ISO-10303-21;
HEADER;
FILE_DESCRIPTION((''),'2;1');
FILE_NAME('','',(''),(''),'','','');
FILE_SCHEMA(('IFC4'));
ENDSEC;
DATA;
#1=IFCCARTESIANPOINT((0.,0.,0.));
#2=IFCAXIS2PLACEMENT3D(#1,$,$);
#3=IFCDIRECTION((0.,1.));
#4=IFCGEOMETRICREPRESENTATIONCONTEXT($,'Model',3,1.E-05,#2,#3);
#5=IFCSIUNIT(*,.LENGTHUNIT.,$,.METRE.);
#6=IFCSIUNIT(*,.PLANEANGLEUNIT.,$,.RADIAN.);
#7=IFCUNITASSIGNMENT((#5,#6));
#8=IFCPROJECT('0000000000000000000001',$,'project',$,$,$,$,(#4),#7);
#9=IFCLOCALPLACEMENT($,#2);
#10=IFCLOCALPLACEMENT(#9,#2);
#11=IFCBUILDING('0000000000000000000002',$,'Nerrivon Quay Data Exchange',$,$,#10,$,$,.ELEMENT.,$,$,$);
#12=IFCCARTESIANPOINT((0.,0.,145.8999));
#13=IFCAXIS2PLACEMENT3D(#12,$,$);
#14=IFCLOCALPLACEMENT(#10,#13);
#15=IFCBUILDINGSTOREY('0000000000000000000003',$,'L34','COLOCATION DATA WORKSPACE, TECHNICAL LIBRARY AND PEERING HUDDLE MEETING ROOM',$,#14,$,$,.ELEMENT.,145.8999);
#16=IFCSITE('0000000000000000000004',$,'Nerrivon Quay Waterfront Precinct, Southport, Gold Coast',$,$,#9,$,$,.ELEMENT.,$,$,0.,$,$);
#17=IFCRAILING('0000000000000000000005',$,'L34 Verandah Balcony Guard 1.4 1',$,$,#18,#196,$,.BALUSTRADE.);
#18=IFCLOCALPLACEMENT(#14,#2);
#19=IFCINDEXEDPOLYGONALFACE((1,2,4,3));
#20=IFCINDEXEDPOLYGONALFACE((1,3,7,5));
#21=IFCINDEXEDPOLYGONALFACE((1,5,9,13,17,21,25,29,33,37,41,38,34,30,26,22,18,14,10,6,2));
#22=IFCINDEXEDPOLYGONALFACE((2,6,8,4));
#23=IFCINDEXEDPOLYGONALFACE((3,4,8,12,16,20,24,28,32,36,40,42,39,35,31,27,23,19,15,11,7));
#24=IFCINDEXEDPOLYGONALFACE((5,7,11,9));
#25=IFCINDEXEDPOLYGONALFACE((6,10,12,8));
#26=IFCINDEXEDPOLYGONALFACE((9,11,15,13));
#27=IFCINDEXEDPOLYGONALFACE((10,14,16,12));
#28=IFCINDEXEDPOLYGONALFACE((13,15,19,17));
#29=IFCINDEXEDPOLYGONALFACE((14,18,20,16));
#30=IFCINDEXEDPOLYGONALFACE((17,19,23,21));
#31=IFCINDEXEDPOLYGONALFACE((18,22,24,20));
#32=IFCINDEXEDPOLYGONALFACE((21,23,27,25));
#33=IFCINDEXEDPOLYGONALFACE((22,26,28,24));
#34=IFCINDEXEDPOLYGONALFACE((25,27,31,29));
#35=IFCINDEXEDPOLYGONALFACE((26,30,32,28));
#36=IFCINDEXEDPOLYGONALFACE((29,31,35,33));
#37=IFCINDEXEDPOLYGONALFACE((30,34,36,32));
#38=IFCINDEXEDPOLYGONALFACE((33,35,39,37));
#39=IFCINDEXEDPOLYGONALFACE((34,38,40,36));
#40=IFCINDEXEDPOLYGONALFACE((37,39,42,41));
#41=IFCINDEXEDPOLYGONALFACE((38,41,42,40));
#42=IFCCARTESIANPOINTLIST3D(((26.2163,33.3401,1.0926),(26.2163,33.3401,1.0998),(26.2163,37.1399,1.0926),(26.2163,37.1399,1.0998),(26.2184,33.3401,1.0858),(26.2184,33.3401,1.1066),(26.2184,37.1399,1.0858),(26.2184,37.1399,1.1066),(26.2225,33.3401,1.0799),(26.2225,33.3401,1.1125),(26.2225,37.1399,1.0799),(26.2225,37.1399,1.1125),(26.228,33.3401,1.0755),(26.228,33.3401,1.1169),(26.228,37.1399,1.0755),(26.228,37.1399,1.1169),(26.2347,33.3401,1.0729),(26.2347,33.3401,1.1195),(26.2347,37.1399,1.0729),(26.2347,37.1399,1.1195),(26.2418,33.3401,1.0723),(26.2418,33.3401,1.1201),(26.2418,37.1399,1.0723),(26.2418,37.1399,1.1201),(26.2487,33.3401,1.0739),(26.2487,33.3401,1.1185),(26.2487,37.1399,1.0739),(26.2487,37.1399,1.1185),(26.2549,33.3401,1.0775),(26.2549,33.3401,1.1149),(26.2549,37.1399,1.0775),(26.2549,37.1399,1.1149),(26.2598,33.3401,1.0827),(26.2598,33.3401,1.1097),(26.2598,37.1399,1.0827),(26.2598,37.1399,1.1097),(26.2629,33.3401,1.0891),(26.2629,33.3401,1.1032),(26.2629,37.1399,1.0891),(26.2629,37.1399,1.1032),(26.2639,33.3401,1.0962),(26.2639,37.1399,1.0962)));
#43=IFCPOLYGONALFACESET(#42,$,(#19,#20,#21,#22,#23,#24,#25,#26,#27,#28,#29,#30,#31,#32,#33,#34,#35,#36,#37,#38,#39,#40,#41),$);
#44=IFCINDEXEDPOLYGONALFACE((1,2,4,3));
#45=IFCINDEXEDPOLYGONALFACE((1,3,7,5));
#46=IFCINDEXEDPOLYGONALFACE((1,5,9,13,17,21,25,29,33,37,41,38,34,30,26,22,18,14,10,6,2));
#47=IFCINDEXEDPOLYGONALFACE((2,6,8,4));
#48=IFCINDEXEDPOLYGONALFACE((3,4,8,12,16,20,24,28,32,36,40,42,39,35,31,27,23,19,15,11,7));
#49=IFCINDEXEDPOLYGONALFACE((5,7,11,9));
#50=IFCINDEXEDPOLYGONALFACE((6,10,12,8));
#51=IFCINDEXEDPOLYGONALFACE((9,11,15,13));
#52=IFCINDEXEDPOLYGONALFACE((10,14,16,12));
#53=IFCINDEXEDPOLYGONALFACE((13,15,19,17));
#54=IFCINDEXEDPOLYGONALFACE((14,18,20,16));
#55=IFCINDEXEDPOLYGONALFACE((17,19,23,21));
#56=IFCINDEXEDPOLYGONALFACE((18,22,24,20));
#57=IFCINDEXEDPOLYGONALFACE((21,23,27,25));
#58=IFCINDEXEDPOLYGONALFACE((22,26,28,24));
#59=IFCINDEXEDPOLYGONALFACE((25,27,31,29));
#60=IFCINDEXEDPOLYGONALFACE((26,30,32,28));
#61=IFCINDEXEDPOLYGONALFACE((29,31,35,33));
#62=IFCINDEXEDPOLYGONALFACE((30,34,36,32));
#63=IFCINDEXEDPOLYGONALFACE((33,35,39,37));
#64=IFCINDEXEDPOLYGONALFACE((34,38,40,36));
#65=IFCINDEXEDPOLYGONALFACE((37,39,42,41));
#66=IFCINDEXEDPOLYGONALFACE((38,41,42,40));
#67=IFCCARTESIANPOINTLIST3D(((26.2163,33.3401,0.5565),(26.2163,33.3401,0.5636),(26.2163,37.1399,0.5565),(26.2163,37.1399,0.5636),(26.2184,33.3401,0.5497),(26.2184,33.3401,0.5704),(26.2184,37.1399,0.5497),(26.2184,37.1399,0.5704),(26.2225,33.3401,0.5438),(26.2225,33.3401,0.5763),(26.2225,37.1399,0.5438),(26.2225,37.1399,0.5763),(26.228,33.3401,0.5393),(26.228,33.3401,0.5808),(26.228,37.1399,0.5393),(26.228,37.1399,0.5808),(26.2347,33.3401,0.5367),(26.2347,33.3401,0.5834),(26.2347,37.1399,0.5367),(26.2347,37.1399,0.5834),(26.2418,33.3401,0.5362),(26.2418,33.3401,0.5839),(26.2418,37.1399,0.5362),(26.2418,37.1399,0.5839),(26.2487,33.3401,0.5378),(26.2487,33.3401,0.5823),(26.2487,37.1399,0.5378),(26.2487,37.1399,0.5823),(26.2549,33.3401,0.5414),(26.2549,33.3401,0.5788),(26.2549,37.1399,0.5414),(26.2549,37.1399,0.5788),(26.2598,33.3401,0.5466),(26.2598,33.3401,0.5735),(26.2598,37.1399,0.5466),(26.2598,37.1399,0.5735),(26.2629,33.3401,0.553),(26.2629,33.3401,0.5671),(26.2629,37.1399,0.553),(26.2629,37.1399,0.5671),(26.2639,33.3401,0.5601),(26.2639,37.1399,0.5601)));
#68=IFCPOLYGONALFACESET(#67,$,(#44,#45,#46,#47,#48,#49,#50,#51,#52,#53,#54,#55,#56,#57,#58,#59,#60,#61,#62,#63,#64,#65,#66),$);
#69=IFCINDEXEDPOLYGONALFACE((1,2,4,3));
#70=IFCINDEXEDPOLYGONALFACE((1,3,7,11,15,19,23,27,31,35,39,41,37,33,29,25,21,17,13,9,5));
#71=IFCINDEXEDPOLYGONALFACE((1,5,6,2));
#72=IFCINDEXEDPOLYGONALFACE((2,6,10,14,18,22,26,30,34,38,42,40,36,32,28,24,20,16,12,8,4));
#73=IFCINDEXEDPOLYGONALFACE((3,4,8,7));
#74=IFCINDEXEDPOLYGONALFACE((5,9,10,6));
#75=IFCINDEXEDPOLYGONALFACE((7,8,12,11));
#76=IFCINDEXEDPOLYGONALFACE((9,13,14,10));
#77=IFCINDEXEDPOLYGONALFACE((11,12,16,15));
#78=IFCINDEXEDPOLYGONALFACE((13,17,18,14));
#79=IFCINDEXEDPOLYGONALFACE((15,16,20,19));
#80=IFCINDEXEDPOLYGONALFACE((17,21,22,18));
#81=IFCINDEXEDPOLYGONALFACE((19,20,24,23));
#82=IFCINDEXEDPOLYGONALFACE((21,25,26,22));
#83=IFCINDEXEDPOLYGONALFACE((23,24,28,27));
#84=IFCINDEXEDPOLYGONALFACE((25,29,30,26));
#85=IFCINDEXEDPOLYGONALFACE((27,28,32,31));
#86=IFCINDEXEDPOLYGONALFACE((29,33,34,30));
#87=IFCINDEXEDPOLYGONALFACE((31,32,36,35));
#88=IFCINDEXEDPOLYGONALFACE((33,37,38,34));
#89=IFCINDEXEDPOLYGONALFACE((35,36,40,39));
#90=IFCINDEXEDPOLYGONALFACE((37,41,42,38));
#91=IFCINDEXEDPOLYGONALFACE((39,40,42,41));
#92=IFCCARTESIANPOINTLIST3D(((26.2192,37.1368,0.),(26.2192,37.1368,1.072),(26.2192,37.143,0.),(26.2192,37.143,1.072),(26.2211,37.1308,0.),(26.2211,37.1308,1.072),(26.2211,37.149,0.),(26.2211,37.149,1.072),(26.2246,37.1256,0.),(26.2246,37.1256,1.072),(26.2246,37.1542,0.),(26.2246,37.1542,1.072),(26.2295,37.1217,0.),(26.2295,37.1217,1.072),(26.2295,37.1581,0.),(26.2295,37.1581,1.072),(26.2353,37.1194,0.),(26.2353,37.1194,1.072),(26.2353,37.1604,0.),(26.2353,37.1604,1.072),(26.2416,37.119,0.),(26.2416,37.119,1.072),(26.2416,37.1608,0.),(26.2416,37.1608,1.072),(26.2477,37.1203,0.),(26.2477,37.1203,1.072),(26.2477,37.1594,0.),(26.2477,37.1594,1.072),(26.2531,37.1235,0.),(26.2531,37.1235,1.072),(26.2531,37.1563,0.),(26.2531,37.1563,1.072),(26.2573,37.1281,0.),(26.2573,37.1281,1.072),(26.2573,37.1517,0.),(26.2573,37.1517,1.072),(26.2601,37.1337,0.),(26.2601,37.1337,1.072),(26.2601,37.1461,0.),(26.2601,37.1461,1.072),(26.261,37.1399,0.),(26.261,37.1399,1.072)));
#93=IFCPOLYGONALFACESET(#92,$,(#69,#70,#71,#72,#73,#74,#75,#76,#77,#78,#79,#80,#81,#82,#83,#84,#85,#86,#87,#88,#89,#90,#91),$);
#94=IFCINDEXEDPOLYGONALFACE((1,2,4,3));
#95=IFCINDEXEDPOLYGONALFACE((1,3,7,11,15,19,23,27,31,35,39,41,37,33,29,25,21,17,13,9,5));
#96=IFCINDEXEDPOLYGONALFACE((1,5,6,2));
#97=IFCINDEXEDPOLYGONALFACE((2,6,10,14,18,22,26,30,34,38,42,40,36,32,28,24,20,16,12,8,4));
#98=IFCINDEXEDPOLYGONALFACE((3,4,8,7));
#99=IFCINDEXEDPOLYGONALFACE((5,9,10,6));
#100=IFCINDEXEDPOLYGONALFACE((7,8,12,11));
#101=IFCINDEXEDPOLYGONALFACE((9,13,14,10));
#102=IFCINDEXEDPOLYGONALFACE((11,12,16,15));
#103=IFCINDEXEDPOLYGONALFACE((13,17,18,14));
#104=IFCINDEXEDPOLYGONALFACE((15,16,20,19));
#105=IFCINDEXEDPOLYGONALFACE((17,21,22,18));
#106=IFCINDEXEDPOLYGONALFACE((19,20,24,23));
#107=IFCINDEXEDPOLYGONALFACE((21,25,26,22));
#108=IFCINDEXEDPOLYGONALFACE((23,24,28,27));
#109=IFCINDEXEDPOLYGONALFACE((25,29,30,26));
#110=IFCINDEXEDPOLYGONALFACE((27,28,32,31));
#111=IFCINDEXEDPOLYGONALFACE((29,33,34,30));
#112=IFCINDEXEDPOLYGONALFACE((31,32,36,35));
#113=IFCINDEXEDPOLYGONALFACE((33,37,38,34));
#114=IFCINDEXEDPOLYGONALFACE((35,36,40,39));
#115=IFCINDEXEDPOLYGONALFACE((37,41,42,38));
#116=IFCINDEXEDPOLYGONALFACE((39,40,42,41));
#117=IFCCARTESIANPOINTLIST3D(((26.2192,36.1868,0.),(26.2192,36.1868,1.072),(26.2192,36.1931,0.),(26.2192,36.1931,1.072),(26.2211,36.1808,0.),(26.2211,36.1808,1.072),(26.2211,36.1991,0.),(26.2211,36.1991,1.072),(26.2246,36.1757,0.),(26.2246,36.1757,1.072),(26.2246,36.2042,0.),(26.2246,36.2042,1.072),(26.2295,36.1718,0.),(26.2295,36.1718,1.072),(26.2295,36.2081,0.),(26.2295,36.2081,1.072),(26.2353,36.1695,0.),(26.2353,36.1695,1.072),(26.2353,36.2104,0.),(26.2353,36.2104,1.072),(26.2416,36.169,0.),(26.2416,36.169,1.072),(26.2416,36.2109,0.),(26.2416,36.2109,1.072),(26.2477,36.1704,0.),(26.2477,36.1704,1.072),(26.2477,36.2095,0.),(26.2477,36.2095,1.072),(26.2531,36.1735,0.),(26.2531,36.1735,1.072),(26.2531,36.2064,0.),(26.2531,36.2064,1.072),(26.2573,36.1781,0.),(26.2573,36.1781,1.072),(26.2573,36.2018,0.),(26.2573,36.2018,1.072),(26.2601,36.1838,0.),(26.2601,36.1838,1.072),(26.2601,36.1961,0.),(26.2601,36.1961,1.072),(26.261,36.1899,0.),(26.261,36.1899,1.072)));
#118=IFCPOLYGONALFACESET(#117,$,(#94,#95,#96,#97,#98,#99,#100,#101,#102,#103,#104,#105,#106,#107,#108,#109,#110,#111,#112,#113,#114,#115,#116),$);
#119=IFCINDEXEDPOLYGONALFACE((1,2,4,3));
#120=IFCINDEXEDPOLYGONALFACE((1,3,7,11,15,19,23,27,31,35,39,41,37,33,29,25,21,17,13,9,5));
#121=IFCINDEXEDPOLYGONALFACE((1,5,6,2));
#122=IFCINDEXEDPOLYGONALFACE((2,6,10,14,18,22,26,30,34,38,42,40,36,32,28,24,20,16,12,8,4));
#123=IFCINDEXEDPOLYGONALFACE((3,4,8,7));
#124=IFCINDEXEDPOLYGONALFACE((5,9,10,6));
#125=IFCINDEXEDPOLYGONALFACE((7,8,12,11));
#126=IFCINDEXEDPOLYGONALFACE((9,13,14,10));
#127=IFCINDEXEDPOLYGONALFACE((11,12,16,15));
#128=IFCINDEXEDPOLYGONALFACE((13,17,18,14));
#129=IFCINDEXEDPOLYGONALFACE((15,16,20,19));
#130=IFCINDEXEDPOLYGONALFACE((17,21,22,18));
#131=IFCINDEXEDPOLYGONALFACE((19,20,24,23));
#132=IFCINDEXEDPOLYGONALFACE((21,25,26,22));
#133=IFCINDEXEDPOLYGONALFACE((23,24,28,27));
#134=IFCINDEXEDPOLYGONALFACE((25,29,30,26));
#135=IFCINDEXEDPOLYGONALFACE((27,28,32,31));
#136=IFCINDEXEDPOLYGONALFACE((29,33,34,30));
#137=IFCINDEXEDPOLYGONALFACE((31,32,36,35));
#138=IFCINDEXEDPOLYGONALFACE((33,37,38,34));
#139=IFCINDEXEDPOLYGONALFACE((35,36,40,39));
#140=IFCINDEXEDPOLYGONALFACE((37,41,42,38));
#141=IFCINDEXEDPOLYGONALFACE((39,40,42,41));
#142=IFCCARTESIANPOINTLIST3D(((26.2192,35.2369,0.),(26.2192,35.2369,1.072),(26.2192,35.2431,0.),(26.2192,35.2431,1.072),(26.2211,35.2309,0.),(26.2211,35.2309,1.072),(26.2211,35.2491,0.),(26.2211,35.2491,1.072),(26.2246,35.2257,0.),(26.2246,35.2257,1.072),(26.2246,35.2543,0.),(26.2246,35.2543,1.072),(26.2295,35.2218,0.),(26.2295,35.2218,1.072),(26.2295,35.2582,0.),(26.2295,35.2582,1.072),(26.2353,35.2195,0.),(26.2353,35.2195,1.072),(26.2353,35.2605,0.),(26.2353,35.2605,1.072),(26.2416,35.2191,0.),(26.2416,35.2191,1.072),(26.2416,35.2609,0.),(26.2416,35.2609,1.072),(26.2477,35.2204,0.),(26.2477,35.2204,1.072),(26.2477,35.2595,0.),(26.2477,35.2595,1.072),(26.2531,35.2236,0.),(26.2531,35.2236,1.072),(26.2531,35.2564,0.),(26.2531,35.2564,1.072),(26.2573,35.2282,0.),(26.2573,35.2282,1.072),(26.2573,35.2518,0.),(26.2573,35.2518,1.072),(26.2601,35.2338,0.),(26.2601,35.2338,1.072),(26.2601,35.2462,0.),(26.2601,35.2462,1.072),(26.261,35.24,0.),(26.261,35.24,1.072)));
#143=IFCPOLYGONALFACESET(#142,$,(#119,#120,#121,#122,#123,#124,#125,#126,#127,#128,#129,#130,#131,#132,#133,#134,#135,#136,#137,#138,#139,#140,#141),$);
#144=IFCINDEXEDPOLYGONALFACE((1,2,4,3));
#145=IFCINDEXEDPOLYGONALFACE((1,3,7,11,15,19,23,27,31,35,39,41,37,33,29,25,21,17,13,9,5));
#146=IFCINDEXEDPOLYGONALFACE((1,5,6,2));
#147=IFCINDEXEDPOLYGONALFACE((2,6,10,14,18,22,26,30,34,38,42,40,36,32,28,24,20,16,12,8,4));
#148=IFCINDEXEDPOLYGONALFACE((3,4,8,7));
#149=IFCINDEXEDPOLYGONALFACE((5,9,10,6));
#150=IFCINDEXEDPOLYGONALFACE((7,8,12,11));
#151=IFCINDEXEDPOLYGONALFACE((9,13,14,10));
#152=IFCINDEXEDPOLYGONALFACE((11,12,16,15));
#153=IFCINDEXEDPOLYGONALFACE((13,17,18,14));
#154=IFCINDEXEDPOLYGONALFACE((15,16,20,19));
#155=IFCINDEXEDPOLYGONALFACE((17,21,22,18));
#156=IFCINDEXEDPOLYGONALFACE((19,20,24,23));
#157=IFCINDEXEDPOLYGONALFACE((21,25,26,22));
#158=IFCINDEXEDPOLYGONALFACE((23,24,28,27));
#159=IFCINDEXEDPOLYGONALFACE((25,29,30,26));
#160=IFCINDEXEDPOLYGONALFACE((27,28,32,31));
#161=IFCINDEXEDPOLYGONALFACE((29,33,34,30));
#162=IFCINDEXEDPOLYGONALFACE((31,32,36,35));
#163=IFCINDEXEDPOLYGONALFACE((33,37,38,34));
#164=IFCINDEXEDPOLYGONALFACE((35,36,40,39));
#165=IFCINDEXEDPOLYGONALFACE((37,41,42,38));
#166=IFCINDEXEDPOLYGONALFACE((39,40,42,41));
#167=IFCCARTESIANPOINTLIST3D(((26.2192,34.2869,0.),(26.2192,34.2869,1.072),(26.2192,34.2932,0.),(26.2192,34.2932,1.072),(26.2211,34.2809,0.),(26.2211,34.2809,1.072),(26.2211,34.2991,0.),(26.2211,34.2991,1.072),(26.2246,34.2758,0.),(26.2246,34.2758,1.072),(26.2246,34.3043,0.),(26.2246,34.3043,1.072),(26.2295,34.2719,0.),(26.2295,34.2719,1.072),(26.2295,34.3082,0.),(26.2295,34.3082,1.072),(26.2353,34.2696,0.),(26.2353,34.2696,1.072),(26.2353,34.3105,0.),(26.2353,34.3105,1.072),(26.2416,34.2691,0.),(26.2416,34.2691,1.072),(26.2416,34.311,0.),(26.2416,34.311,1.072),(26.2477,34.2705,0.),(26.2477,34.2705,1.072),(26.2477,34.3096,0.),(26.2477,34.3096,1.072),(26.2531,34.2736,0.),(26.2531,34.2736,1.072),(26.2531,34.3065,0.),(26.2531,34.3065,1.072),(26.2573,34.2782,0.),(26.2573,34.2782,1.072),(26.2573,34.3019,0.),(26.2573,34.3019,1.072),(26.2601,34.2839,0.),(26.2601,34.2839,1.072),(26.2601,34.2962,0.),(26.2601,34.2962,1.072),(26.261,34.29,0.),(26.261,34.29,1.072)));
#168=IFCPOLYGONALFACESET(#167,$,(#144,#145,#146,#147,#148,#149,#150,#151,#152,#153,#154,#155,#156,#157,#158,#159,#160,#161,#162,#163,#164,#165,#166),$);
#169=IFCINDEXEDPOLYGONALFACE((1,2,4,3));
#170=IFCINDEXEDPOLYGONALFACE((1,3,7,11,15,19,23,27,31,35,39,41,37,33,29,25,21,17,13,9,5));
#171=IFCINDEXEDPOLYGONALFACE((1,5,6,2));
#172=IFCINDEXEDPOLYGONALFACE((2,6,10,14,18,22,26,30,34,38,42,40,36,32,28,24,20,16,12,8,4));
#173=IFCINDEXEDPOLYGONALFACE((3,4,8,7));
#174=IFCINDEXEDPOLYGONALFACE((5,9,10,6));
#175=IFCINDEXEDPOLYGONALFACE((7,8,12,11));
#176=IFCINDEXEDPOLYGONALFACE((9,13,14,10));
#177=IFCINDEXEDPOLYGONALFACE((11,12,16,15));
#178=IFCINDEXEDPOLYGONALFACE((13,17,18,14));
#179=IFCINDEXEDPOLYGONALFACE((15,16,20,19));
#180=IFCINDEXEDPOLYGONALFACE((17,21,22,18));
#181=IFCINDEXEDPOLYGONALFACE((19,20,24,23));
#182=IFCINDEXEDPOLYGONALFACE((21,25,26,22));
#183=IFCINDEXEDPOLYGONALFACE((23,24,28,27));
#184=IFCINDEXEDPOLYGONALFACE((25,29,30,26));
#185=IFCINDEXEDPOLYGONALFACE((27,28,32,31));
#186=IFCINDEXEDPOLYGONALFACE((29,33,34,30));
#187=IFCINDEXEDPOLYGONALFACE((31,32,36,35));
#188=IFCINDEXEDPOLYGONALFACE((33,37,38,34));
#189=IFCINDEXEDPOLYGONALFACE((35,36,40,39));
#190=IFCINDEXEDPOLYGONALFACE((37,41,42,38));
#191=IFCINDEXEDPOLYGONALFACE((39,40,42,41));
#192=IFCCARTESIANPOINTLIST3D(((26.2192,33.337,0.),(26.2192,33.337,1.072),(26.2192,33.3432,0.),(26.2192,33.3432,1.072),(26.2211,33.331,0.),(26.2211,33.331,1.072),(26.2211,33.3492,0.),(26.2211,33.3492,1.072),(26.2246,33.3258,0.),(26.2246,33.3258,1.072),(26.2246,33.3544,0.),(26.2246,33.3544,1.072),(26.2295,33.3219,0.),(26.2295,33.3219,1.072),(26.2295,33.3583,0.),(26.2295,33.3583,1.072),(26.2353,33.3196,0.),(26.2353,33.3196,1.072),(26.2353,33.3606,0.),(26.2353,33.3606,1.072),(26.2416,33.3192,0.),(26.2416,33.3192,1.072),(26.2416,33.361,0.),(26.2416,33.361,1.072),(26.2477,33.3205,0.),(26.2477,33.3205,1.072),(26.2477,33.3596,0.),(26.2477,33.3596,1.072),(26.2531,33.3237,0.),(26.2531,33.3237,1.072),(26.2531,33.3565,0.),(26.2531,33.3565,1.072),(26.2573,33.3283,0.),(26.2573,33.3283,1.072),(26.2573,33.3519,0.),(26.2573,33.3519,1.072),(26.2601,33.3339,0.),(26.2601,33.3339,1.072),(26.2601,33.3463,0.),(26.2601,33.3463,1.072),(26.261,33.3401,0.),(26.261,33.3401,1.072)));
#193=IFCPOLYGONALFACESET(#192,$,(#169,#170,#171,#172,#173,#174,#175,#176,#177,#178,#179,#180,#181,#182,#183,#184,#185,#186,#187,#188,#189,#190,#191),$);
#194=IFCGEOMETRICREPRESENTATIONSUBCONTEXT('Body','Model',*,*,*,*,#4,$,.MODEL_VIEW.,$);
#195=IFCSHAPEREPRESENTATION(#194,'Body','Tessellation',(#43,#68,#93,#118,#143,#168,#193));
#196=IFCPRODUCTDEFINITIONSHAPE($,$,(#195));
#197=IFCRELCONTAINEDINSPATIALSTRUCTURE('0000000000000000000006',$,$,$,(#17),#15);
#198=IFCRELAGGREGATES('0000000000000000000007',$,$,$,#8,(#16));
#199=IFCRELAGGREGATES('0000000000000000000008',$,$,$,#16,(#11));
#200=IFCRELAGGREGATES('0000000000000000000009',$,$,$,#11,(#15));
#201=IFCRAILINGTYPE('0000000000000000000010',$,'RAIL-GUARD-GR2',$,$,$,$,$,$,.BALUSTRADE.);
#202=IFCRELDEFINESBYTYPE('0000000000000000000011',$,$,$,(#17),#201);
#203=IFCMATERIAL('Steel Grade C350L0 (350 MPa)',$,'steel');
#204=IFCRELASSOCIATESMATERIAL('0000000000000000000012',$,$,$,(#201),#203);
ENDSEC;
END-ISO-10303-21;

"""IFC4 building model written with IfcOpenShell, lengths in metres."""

from ifc_helpers import new_model, si_unit, direction, frame, origin, origin_2d, place, context, subcontext, project, spatial, circle, extrude, material, type_object, element, save


model = new_model("IFC4")

# Units and contexts
model_context = context("Model", 3, precision=1e-05, world=origin(), true_north=direction((0.0, 1.0)))
body_context = subcontext(model_context, "Body", "Model", "MODEL_VIEW")
ifc_project = project(units=[si_unit("LENGTHUNIT", "METRE"), si_unit("PLANEANGLEUNIT", "RADIAN")], contexts=[model_context])

# Site, building, storey
site_placement = place(None, origin())
site = spatial("IfcSite", under=ifc_project, at=site_placement, Name="Nerrivon Quay Waterfront Precinct, Southport, Gold Coast", CompositionType="ELEMENT", RefElevation=0.0)
building_placement = place(site_placement, origin())
building = spatial("IfcBuilding", under=site, at=building_placement, Name="Nerrivon Quay Data Exchange", CompositionType="ELEMENT")
storey_placement = place(building_placement, frame((0.0, 0.0, 145.8999)))
storey = spatial("IfcBuildingStorey", under=building, at=storey_placement, Name="L34", Description="COLOCATION DATA WORKSPACE, TECHNICAL LIBRARY AND PEERING HUDDLE MEETING ROOM", CompositionType="ELEMENT", Elevation=145.8999)

# Railing
ifc_material_1 = material(Name="Steel Grade C350L0 (350 MPa)", Category="steel")
railing_type = type_object("IfcRailingType", Name="RAIL-GUARD-GR2", PredefinedType="BALUSTRADE", material=ifc_material_1)
railing_1_placement = place(storey_placement, frame((26.24, 37.1399, 0.0)))
element("IfcRailing", 1, at=railing_1_placement, inside=storey, type_object=railing_type, Name="L34 Verandah Balcony Guard 1.4 1", PredefinedType="BALUSTRADE", context=body_context, shape_type="SweptSolid", body=[
    extrude(circle(Radius=0.0239, at=origin_2d()), frame((0.0, 0.0, 1.0962), z_axis=(0.0, -1.0, 0.0), x_axis=(1.0, 0.0, 0.0)), (0.0, 0.0, 1.0), 3.7998),
    extrude(circle(Radius=0.0239, at=origin_2d()), frame((0.0, 0.0, 0.5601), z_axis=(0.0, -1.0, 0.0), x_axis=(1.0, 0.0, 0.0)), (0.0, 0.0, 1.0), 3.7998),
    extrude(circle(Radius=0.021, at=origin_2d()), origin(), (0.0, 0.0, 1.0), 1.072),
    extrude(circle(Radius=0.021, at=origin_2d()), frame((0.0, -0.95, 0.0)), (0.0, 0.0, 1.0), 1.072),
    extrude(circle(Radius=0.021, at=origin_2d()), frame((0.0, -1.8999, 0.0)), (0.0, 0.0, 1.0), 1.072),
    extrude(circle(Radius=0.021, at=origin_2d()), frame((0.0, -2.8499, 0.0)), (0.0, 0.0, 1.0), 1.072),
    extrude(circle(Radius=0.021, at=origin_2d()), frame((0.0, -3.7998, 0.0)), (0.0, 0.0, 1.0), 1.072),
])

save(model, "model.ifc")
